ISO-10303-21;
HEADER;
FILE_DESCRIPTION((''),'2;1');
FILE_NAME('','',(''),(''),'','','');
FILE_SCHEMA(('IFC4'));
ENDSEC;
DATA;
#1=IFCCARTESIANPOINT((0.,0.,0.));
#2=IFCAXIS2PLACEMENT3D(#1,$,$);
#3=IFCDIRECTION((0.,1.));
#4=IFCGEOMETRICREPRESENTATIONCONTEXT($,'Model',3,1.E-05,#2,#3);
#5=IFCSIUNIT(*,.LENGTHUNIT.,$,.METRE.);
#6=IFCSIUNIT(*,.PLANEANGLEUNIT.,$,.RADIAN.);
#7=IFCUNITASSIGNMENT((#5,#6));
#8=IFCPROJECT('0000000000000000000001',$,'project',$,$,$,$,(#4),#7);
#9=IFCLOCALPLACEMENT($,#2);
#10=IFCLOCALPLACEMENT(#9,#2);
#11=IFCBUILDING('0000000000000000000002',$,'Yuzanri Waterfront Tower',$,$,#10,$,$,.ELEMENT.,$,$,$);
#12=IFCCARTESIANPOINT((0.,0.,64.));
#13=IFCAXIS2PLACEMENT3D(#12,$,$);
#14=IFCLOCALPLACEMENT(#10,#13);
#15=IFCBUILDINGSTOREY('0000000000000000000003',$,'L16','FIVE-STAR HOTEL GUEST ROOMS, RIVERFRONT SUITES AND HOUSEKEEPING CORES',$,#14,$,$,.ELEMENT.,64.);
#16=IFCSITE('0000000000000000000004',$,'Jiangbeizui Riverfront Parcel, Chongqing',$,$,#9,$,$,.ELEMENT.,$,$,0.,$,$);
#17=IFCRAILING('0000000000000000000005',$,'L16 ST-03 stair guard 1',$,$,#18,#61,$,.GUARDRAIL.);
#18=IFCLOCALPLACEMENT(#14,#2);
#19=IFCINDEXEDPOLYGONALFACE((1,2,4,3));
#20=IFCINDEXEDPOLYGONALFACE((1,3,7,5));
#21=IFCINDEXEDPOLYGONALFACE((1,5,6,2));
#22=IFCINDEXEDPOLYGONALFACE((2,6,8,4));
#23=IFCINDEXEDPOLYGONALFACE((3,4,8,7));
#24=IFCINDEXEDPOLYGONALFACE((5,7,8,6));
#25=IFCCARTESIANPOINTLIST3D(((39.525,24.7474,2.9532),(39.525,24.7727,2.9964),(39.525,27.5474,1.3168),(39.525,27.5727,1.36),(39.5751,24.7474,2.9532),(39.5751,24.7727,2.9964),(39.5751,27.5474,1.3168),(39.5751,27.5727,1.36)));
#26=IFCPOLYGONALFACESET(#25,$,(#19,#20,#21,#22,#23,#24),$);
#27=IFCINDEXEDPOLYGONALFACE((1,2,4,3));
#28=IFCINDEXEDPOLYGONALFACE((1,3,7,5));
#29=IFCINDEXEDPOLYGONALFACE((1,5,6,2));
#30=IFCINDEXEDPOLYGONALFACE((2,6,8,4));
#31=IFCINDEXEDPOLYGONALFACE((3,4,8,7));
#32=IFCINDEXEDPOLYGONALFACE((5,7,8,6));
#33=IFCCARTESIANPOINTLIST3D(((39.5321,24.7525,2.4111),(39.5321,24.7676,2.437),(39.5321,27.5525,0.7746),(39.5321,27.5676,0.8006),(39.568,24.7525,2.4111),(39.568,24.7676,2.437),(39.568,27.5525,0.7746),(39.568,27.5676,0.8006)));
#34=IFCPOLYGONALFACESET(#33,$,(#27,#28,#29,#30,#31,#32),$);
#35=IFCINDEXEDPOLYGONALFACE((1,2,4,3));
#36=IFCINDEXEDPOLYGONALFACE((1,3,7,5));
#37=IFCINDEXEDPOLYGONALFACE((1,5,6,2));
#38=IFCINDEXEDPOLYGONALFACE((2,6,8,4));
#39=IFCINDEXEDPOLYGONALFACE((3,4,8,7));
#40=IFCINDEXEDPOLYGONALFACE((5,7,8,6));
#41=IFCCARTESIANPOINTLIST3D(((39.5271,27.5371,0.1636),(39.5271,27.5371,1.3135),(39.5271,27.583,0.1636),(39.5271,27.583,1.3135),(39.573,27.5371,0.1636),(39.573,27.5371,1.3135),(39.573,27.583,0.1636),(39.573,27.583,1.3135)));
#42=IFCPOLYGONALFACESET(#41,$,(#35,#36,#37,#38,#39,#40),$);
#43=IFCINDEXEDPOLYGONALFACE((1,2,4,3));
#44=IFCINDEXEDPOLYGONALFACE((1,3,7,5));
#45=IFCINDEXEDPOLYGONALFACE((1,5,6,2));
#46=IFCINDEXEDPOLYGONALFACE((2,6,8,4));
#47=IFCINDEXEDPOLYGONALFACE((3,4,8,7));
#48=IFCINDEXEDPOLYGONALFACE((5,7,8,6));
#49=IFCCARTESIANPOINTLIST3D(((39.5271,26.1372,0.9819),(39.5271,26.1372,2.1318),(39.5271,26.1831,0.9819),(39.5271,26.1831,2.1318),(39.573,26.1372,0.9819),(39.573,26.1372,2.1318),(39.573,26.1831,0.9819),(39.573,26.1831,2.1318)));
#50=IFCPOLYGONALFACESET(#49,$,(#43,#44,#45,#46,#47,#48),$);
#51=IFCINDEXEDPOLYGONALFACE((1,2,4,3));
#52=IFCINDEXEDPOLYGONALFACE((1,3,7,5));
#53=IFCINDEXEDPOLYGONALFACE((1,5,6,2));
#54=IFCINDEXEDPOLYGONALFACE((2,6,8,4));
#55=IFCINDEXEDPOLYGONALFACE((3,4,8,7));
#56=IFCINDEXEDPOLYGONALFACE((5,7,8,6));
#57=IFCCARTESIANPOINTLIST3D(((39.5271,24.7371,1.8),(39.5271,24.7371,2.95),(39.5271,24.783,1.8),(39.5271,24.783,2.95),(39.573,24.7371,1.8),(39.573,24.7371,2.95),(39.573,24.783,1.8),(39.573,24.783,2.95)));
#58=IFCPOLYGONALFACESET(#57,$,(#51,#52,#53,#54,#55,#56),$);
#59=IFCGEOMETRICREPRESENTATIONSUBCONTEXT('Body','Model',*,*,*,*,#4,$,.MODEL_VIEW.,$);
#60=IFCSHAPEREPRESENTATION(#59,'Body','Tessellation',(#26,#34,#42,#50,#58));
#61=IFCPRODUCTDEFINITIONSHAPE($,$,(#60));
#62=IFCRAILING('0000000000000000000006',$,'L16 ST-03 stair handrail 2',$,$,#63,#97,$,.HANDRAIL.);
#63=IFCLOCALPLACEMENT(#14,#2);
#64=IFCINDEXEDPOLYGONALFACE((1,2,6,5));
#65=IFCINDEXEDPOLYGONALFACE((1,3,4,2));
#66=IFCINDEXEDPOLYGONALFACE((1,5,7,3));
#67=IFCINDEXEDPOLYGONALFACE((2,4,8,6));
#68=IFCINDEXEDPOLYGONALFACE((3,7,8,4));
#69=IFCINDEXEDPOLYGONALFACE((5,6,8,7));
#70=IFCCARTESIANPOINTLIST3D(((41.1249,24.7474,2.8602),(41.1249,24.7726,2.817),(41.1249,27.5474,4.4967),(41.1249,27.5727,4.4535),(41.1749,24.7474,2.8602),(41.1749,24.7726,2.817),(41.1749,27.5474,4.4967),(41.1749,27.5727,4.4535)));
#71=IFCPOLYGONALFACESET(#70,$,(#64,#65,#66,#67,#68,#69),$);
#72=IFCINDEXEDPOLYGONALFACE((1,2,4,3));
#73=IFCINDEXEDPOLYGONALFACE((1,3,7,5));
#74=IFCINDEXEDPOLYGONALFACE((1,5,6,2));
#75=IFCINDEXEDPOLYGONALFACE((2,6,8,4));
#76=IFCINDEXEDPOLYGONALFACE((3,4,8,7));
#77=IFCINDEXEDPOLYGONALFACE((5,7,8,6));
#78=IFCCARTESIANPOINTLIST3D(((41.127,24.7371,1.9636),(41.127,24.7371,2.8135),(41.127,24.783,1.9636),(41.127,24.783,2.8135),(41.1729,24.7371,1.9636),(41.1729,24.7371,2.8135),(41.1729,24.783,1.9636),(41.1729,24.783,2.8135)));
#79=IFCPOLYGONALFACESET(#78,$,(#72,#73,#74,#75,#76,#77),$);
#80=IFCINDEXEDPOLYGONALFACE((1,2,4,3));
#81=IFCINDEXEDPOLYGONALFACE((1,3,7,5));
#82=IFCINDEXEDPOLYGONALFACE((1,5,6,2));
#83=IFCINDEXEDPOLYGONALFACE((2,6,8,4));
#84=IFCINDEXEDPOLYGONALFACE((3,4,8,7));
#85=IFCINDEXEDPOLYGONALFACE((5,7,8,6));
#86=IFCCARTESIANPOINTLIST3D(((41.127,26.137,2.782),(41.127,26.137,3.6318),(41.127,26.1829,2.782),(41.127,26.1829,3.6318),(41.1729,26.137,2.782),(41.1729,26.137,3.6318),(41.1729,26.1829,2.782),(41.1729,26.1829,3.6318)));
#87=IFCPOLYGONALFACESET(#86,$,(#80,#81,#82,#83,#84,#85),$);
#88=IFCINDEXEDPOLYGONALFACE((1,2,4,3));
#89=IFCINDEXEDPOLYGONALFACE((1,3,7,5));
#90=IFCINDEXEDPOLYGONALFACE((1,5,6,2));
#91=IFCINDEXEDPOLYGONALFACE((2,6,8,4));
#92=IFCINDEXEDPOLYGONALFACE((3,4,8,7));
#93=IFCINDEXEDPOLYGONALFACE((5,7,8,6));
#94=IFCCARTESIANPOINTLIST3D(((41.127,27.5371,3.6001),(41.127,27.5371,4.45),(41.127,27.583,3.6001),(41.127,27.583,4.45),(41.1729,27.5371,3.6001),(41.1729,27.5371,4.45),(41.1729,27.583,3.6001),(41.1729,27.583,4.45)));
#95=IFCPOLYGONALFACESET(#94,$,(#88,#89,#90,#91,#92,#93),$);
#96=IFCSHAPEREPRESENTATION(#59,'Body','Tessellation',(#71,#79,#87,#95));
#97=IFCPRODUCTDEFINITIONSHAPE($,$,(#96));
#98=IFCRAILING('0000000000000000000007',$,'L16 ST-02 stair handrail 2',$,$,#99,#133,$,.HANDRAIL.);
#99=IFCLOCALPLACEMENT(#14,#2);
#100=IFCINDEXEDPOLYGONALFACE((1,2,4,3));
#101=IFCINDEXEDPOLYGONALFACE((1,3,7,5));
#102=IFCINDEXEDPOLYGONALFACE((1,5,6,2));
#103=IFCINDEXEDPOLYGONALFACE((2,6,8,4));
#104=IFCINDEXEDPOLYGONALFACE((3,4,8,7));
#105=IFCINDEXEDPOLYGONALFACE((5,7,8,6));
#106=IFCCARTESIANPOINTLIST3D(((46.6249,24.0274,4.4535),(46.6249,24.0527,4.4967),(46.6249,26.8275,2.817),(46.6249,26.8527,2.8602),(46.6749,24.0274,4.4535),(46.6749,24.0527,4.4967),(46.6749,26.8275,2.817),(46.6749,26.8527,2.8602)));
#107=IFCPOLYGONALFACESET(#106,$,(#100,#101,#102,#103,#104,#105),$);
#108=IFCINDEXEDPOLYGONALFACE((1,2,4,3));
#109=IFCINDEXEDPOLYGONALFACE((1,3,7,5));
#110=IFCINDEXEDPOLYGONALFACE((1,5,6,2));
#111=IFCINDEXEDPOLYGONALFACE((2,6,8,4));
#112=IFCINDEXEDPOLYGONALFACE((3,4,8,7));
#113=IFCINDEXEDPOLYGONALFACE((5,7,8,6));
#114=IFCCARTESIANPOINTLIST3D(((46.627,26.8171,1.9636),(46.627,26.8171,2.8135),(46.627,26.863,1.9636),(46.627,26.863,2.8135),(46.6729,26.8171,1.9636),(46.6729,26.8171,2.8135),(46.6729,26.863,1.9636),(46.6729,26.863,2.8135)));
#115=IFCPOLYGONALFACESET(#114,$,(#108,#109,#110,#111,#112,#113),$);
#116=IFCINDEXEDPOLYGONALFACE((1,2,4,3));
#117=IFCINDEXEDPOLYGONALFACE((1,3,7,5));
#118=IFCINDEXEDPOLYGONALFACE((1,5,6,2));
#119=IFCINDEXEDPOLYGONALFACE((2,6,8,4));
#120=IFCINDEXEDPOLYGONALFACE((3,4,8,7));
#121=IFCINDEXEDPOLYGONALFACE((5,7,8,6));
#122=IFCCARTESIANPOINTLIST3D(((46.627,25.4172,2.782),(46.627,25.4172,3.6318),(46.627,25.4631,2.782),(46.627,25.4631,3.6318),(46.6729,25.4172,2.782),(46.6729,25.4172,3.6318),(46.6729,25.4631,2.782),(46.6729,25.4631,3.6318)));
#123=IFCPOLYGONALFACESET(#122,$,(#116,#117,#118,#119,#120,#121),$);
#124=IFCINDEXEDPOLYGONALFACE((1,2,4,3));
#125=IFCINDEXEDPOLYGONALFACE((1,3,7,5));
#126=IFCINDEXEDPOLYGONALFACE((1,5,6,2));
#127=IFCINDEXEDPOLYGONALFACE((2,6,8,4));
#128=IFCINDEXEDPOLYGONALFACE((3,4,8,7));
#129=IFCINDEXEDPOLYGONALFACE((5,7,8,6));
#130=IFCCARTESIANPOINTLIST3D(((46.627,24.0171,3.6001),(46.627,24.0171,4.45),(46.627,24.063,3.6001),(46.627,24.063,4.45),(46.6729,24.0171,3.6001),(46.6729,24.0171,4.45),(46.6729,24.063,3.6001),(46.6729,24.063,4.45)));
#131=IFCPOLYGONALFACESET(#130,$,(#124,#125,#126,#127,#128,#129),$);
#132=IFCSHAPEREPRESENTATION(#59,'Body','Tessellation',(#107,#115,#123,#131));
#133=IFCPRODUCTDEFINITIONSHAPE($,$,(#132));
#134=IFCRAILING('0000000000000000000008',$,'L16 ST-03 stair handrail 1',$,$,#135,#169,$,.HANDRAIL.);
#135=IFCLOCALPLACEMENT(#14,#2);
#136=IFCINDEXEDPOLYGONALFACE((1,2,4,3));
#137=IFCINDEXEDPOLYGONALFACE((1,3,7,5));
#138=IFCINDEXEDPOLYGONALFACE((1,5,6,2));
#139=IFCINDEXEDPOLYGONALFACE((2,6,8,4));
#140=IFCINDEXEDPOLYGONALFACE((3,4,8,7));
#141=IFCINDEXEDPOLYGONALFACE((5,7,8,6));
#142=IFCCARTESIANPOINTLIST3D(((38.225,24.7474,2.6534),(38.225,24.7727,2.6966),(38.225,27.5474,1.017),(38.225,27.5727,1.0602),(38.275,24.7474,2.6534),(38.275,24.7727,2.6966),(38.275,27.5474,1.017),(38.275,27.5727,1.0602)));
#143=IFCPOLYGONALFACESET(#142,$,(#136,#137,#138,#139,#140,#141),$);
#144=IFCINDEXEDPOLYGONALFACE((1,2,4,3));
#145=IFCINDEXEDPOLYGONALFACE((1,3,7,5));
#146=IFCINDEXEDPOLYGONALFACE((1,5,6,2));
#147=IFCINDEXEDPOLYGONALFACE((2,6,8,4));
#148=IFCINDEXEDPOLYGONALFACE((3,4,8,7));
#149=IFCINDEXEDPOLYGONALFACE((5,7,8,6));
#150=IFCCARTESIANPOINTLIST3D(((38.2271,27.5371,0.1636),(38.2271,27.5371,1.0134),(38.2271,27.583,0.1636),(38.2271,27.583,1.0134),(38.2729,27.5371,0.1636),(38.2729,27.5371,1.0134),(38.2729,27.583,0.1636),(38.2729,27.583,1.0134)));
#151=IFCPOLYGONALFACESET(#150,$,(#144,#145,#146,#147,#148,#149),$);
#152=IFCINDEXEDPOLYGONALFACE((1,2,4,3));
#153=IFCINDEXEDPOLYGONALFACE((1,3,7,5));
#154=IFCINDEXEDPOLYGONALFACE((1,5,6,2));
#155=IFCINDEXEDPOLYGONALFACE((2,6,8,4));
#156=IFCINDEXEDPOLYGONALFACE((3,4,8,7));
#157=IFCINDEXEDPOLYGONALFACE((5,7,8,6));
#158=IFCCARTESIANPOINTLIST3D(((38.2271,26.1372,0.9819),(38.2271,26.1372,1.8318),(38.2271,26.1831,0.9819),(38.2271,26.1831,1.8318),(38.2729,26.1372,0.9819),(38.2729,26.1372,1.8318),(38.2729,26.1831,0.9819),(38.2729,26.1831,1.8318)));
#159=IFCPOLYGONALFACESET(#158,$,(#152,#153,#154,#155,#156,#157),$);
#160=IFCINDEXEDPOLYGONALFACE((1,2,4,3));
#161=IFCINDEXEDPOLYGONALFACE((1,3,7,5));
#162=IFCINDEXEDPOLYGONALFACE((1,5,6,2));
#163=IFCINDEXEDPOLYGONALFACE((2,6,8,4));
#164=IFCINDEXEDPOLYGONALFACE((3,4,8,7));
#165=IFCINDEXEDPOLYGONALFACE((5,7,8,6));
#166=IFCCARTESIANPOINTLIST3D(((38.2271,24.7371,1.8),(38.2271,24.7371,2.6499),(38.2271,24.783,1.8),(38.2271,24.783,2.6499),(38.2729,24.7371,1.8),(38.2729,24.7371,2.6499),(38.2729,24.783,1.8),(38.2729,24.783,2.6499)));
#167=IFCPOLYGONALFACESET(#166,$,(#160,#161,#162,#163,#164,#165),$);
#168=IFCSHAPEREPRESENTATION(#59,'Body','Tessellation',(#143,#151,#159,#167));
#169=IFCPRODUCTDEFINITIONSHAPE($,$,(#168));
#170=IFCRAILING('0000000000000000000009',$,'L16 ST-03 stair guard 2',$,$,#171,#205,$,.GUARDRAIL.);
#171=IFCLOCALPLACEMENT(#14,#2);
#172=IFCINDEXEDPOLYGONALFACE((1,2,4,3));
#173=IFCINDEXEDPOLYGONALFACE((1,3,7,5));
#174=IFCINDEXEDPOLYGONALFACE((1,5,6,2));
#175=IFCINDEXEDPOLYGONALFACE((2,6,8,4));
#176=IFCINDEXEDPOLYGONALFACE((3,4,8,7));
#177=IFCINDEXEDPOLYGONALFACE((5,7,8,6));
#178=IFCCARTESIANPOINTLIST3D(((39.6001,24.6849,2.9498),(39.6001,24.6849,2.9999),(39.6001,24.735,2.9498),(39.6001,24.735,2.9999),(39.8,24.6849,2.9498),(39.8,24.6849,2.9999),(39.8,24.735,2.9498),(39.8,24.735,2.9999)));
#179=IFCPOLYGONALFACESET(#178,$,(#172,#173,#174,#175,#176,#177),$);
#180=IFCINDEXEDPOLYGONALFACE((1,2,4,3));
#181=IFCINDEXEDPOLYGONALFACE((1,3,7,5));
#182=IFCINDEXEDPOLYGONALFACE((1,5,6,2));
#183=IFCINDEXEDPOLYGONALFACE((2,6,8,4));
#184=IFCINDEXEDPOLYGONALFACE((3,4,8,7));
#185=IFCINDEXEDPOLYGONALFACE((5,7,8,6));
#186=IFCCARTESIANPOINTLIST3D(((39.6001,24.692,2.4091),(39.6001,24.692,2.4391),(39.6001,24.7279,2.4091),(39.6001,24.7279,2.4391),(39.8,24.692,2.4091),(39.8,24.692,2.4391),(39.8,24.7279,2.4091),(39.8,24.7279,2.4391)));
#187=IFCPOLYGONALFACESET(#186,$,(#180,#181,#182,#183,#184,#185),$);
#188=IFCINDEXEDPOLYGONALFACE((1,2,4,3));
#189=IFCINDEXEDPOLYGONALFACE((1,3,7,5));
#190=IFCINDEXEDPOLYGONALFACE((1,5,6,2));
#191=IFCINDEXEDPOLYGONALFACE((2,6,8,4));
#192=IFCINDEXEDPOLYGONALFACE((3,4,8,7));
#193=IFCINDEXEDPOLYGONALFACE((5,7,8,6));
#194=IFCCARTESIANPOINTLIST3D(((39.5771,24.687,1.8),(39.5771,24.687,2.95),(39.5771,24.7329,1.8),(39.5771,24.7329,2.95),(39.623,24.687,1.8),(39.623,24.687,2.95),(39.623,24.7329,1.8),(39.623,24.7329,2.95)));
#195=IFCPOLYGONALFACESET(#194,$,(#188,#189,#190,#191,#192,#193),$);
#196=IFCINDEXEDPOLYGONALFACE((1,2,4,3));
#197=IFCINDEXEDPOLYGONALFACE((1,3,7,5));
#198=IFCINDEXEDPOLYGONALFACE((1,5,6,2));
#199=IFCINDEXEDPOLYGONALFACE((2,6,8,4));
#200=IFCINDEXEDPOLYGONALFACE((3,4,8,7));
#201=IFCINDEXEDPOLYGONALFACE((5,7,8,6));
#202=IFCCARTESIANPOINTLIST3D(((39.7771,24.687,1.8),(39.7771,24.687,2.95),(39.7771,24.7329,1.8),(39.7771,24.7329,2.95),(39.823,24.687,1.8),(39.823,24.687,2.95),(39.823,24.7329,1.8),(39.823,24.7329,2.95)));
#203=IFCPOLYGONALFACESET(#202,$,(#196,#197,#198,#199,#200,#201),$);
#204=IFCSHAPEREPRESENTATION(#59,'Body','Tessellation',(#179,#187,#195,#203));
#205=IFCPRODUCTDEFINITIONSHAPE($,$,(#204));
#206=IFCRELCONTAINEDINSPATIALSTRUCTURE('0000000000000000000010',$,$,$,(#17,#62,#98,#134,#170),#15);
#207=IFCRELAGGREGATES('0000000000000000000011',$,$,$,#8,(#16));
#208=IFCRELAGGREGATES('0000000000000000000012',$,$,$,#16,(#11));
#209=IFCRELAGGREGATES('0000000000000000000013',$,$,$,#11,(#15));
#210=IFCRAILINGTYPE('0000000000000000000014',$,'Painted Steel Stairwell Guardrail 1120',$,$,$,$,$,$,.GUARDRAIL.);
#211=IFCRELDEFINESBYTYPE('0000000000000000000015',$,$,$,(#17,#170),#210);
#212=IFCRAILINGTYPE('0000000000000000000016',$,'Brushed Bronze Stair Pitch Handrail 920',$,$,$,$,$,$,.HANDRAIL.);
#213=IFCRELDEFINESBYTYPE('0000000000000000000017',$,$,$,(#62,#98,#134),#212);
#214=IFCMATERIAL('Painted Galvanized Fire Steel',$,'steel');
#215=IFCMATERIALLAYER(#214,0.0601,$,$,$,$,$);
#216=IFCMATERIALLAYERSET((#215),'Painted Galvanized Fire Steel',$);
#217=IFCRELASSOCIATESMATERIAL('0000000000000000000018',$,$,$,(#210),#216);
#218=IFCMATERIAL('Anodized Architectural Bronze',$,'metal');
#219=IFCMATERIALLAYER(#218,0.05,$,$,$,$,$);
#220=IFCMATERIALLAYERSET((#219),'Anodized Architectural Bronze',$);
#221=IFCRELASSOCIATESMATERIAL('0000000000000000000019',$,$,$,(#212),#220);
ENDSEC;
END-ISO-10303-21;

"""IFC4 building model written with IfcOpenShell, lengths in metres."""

from ifc_helpers import new_model, si_unit, direction, frame, origin, origin_2d, place, context, subcontext, project, spatial, rectangle, extrude, source, transform, mapped, material, layer, layer_set, type_object, element, save


model = new_model("IFC4")

# Units and contexts
model_context = context("Model", 3, precision=1e-05, world=origin(), true_north=direction((0.0, 1.0)))
body_context = subcontext(model_context, "Body", "Model", "MODEL_VIEW")
ifc_project = project(units=[si_unit("LENGTHUNIT", "METRE"), si_unit("PLANEANGLEUNIT", "RADIAN")], contexts=[model_context])

# Site, building, storey
site_placement = place(None, origin())
site = spatial("IfcSite", under=ifc_project, at=site_placement, Name="Jiangbeizui Riverfront Parcel, Chongqing", CompositionType="ELEMENT", RefElevation=0.0)
building_placement = place(site_placement, origin())
building = spatial("IfcBuilding", under=site, at=building_placement, Name="Yuzanri Waterfront Tower", CompositionType="ELEMENT")
storey_placement = place(building_placement, frame((0.0, 0.0, 64.0)))
storey = spatial("IfcBuildingStorey", under=building, at=storey_placement, Name="L16", Description="FIVE-STAR HOTEL GUEST ROOMS, RIVERFRONT SUITES AND HOUSEKEEPING CORES", CompositionType="ELEMENT", Elevation=64.0)

# Railings
ifc_material_1 = material(Name="Painted Galvanized Fire Steel", Category="steel")
ifc_layer_1 = layer(ifc_material_1, 0.0601)
ifc_layer_set_1 = layer_set([ifc_layer_1], Name="Painted Galvanized Fire Steel")
railing_type_1 = type_object("IfcRailingType", Name="Painted Steel Stairwell Guardrail 1120", PredefinedType="GUARDRAIL", material=ifc_layer_set_1)
shared_shape_1 = source(origin(), body_context, "Body", "SweptSolid", [
    extrude(rectangle(XDim=0.05, YDim=0.05, at=origin_2d()), frame((0.0, 0.0, 1.1748), z_axis=(0.0, -0.863361, 0.504587), x_axis=(1.0, 0.0, 0.0)), (0.0, 0.0, 1.0), 3.2432),
    extrude(rectangle(XDim=0.0359, YDim=0.03, at=origin_2d()), frame((0.0, 0.0, 0.624), z_axis=(0.0, -0.863361, 0.504587), x_axis=(1.0, 0.0, 0.0)), (0.0, 0.0, 1.0), 3.2432),
    extrude(rectangle(XDim=0.0459, YDim=0.0459, at=origin_2d()), origin(), (0.0, 0.0, 1.0), 1.1499),
    extrude(rectangle(XDim=0.0459, YDim=0.0459, at=origin_2d()), frame((0.0, -1.3999, 0.8184)), (0.0, 0.0, 1.0), 1.1499),
    extrude(rectangle(XDim=0.0459, YDim=0.0459, at=origin_2d()), frame((0.0, -2.8, 1.6365)), (0.0, 0.0, 1.0), 1.1499),
])
railing_1_placement = place(storey_placement, frame((39.55, 27.5601, 0.1636)))
element("IfcRailing", 1, at=railing_1_placement, inside=storey, type_object=railing_type_1, Name="L16 ST-03 stair guard 1", PredefinedType="GUARDRAIL", context=body_context, shape_type="MappedRepresentation", body=[
    mapped(shared_shape_1, transform((0.0, 0.0, 0.0), scale=1.0)),
])
ifc_material_2 = material(Name="Anodized Architectural Bronze", Category="metal")
ifc_layer_2 = layer(ifc_material_2, 0.05)
ifc_layer_set_2 = layer_set([ifc_layer_2], Name="Anodized Architectural Bronze")
railing_type_2 = type_object("IfcRailingType", Name="Brushed Bronze Stair Pitch Handrail 920", PredefinedType="HANDRAIL", material=ifc_layer_set_2)
shared_shape_2 = source(origin(), body_context, "Body", "SweptSolid", [
    extrude(rectangle(XDim=0.05, YDim=0.05, at=origin_2d()), frame((0.0, 0.0, 0.875), z_axis=(0.0, 0.863361, 0.504587), x_axis=(-1.0, 0.0, 0.0)), (0.0, 0.0, 1.0), 3.2432),
    extrude(rectangle(XDim=0.0459, YDim=0.0459, at=origin_2d()), origin(), (0.0, 0.0, 1.0), 0.8499),
    extrude(rectangle(XDim=0.0459, YDim=0.0459, at=origin_2d()), frame((0.0, 1.3999, 0.8184)), (0.0, 0.0, 1.0), 0.8499),
    extrude(rectangle(XDim=0.0459, YDim=0.0459, at=origin_2d()), frame((0.0, 2.8, 1.6365)), (0.0, 0.0, 1.0), 0.8499),
])
railing_2_placement = place(storey_placement, frame((41.1499, 24.76, 1.9636)))
element("IfcRailing", 2, at=railing_2_placement, inside=storey, type_object=railing_type_2, Name="L16 ST-03 stair handrail 2", PredefinedType="HANDRAIL", context=body_context, shape_type="MappedRepresentation", body=[
    mapped(shared_shape_2, transform((0.0, 0.0, 0.0), scale=1.0)),
])
shared_shape_3 = source(origin(), body_context, "Body", "SweptSolid", [
    extrude(rectangle(XDim=0.05, YDim=0.05, at=origin_2d()), frame((0.0, 0.0, 0.875), z_axis=(0.0, -0.863361, 0.504587), x_axis=(1.0, 0.0, 0.0)), (0.0, 0.0, 1.0), 3.2432),
    extrude(rectangle(XDim=0.0459, YDim=0.0459, at=origin_2d()), origin(), (0.0, 0.0, 1.0), 0.8499),
    extrude(rectangle(XDim=0.0459, YDim=0.0459, at=origin_2d()), frame((0.0, -1.3999, 0.8184)), (0.0, 0.0, 1.0), 0.8499),
    extrude(rectangle(XDim=0.0459, YDim=0.0459, at=origin_2d()), frame((0.0, -2.8, 1.6365)), (0.0, 0.0, 1.0), 0.8499),
])
for number, where, name in (
    (3, (46.6499, 26.8401, 1.9636), "L16 ST-02 stair handrail 2"),
    (4, (38.25, 27.5601, 0.1636), "L16 ST-03 stair handrail 1"),
):
    element("IfcRailing", number, at=place(storey_placement, frame(where)), inside=storey, type_object=railing_type_2, Name=name, PredefinedType="HANDRAIL", context=body_context, shape_type="MappedRepresentation", body=[
        mapped(shared_shape_3, transform((0.0, 0.0, 0.0), scale=1.0)),
    ])
shared_shape_4 = source(origin(), body_context, "Body", "SweptSolid", [
    extrude(rectangle(XDim=0.05, YDim=0.05, at=origin_2d()), frame((0.0, 0.0, 1.1748), z_axis=(1.0, 0.0, 0.0), x_axis=(0.0, 1.0, 0.0)), (0.0, 0.0, 1.0), 0.2),
    extrude(rectangle(XDim=0.0359, YDim=0.03, at=origin_2d()), frame((0.0, 0.0, 0.624), z_axis=(1.0, 0.0, 0.0), x_axis=(0.0, 1.0, 0.0)), (0.0, 0.0, 1.0), 0.2),
    extrude(rectangle(XDim=0.0459, YDim=0.0459, at=origin_2d()), origin(), (0.0, 0.0, 1.0), 1.1499),
    extrude(rectangle(XDim=0.0459, YDim=0.0459, at=origin_2d()), frame((0.2, 0.0, 0.0)), (0.0, 0.0, 1.0), 1.1499),
])
for number, where, name in (
    (5, (39.6001, 24.71, 1.8), "L16 ST-03 stair guard 2"),
):
    element("IfcRailing", number, at=place(storey_placement, frame(where)), inside=storey, type_object=railing_type_1, Name=name, PredefinedType="GUARDRAIL", context=body_context, shape_type="MappedRepresentation", body=[
        mapped(shared_shape_4, transform((0.0, 0.0, 0.0), scale=1.0)),
    ])

save(model, "model.ifc")
